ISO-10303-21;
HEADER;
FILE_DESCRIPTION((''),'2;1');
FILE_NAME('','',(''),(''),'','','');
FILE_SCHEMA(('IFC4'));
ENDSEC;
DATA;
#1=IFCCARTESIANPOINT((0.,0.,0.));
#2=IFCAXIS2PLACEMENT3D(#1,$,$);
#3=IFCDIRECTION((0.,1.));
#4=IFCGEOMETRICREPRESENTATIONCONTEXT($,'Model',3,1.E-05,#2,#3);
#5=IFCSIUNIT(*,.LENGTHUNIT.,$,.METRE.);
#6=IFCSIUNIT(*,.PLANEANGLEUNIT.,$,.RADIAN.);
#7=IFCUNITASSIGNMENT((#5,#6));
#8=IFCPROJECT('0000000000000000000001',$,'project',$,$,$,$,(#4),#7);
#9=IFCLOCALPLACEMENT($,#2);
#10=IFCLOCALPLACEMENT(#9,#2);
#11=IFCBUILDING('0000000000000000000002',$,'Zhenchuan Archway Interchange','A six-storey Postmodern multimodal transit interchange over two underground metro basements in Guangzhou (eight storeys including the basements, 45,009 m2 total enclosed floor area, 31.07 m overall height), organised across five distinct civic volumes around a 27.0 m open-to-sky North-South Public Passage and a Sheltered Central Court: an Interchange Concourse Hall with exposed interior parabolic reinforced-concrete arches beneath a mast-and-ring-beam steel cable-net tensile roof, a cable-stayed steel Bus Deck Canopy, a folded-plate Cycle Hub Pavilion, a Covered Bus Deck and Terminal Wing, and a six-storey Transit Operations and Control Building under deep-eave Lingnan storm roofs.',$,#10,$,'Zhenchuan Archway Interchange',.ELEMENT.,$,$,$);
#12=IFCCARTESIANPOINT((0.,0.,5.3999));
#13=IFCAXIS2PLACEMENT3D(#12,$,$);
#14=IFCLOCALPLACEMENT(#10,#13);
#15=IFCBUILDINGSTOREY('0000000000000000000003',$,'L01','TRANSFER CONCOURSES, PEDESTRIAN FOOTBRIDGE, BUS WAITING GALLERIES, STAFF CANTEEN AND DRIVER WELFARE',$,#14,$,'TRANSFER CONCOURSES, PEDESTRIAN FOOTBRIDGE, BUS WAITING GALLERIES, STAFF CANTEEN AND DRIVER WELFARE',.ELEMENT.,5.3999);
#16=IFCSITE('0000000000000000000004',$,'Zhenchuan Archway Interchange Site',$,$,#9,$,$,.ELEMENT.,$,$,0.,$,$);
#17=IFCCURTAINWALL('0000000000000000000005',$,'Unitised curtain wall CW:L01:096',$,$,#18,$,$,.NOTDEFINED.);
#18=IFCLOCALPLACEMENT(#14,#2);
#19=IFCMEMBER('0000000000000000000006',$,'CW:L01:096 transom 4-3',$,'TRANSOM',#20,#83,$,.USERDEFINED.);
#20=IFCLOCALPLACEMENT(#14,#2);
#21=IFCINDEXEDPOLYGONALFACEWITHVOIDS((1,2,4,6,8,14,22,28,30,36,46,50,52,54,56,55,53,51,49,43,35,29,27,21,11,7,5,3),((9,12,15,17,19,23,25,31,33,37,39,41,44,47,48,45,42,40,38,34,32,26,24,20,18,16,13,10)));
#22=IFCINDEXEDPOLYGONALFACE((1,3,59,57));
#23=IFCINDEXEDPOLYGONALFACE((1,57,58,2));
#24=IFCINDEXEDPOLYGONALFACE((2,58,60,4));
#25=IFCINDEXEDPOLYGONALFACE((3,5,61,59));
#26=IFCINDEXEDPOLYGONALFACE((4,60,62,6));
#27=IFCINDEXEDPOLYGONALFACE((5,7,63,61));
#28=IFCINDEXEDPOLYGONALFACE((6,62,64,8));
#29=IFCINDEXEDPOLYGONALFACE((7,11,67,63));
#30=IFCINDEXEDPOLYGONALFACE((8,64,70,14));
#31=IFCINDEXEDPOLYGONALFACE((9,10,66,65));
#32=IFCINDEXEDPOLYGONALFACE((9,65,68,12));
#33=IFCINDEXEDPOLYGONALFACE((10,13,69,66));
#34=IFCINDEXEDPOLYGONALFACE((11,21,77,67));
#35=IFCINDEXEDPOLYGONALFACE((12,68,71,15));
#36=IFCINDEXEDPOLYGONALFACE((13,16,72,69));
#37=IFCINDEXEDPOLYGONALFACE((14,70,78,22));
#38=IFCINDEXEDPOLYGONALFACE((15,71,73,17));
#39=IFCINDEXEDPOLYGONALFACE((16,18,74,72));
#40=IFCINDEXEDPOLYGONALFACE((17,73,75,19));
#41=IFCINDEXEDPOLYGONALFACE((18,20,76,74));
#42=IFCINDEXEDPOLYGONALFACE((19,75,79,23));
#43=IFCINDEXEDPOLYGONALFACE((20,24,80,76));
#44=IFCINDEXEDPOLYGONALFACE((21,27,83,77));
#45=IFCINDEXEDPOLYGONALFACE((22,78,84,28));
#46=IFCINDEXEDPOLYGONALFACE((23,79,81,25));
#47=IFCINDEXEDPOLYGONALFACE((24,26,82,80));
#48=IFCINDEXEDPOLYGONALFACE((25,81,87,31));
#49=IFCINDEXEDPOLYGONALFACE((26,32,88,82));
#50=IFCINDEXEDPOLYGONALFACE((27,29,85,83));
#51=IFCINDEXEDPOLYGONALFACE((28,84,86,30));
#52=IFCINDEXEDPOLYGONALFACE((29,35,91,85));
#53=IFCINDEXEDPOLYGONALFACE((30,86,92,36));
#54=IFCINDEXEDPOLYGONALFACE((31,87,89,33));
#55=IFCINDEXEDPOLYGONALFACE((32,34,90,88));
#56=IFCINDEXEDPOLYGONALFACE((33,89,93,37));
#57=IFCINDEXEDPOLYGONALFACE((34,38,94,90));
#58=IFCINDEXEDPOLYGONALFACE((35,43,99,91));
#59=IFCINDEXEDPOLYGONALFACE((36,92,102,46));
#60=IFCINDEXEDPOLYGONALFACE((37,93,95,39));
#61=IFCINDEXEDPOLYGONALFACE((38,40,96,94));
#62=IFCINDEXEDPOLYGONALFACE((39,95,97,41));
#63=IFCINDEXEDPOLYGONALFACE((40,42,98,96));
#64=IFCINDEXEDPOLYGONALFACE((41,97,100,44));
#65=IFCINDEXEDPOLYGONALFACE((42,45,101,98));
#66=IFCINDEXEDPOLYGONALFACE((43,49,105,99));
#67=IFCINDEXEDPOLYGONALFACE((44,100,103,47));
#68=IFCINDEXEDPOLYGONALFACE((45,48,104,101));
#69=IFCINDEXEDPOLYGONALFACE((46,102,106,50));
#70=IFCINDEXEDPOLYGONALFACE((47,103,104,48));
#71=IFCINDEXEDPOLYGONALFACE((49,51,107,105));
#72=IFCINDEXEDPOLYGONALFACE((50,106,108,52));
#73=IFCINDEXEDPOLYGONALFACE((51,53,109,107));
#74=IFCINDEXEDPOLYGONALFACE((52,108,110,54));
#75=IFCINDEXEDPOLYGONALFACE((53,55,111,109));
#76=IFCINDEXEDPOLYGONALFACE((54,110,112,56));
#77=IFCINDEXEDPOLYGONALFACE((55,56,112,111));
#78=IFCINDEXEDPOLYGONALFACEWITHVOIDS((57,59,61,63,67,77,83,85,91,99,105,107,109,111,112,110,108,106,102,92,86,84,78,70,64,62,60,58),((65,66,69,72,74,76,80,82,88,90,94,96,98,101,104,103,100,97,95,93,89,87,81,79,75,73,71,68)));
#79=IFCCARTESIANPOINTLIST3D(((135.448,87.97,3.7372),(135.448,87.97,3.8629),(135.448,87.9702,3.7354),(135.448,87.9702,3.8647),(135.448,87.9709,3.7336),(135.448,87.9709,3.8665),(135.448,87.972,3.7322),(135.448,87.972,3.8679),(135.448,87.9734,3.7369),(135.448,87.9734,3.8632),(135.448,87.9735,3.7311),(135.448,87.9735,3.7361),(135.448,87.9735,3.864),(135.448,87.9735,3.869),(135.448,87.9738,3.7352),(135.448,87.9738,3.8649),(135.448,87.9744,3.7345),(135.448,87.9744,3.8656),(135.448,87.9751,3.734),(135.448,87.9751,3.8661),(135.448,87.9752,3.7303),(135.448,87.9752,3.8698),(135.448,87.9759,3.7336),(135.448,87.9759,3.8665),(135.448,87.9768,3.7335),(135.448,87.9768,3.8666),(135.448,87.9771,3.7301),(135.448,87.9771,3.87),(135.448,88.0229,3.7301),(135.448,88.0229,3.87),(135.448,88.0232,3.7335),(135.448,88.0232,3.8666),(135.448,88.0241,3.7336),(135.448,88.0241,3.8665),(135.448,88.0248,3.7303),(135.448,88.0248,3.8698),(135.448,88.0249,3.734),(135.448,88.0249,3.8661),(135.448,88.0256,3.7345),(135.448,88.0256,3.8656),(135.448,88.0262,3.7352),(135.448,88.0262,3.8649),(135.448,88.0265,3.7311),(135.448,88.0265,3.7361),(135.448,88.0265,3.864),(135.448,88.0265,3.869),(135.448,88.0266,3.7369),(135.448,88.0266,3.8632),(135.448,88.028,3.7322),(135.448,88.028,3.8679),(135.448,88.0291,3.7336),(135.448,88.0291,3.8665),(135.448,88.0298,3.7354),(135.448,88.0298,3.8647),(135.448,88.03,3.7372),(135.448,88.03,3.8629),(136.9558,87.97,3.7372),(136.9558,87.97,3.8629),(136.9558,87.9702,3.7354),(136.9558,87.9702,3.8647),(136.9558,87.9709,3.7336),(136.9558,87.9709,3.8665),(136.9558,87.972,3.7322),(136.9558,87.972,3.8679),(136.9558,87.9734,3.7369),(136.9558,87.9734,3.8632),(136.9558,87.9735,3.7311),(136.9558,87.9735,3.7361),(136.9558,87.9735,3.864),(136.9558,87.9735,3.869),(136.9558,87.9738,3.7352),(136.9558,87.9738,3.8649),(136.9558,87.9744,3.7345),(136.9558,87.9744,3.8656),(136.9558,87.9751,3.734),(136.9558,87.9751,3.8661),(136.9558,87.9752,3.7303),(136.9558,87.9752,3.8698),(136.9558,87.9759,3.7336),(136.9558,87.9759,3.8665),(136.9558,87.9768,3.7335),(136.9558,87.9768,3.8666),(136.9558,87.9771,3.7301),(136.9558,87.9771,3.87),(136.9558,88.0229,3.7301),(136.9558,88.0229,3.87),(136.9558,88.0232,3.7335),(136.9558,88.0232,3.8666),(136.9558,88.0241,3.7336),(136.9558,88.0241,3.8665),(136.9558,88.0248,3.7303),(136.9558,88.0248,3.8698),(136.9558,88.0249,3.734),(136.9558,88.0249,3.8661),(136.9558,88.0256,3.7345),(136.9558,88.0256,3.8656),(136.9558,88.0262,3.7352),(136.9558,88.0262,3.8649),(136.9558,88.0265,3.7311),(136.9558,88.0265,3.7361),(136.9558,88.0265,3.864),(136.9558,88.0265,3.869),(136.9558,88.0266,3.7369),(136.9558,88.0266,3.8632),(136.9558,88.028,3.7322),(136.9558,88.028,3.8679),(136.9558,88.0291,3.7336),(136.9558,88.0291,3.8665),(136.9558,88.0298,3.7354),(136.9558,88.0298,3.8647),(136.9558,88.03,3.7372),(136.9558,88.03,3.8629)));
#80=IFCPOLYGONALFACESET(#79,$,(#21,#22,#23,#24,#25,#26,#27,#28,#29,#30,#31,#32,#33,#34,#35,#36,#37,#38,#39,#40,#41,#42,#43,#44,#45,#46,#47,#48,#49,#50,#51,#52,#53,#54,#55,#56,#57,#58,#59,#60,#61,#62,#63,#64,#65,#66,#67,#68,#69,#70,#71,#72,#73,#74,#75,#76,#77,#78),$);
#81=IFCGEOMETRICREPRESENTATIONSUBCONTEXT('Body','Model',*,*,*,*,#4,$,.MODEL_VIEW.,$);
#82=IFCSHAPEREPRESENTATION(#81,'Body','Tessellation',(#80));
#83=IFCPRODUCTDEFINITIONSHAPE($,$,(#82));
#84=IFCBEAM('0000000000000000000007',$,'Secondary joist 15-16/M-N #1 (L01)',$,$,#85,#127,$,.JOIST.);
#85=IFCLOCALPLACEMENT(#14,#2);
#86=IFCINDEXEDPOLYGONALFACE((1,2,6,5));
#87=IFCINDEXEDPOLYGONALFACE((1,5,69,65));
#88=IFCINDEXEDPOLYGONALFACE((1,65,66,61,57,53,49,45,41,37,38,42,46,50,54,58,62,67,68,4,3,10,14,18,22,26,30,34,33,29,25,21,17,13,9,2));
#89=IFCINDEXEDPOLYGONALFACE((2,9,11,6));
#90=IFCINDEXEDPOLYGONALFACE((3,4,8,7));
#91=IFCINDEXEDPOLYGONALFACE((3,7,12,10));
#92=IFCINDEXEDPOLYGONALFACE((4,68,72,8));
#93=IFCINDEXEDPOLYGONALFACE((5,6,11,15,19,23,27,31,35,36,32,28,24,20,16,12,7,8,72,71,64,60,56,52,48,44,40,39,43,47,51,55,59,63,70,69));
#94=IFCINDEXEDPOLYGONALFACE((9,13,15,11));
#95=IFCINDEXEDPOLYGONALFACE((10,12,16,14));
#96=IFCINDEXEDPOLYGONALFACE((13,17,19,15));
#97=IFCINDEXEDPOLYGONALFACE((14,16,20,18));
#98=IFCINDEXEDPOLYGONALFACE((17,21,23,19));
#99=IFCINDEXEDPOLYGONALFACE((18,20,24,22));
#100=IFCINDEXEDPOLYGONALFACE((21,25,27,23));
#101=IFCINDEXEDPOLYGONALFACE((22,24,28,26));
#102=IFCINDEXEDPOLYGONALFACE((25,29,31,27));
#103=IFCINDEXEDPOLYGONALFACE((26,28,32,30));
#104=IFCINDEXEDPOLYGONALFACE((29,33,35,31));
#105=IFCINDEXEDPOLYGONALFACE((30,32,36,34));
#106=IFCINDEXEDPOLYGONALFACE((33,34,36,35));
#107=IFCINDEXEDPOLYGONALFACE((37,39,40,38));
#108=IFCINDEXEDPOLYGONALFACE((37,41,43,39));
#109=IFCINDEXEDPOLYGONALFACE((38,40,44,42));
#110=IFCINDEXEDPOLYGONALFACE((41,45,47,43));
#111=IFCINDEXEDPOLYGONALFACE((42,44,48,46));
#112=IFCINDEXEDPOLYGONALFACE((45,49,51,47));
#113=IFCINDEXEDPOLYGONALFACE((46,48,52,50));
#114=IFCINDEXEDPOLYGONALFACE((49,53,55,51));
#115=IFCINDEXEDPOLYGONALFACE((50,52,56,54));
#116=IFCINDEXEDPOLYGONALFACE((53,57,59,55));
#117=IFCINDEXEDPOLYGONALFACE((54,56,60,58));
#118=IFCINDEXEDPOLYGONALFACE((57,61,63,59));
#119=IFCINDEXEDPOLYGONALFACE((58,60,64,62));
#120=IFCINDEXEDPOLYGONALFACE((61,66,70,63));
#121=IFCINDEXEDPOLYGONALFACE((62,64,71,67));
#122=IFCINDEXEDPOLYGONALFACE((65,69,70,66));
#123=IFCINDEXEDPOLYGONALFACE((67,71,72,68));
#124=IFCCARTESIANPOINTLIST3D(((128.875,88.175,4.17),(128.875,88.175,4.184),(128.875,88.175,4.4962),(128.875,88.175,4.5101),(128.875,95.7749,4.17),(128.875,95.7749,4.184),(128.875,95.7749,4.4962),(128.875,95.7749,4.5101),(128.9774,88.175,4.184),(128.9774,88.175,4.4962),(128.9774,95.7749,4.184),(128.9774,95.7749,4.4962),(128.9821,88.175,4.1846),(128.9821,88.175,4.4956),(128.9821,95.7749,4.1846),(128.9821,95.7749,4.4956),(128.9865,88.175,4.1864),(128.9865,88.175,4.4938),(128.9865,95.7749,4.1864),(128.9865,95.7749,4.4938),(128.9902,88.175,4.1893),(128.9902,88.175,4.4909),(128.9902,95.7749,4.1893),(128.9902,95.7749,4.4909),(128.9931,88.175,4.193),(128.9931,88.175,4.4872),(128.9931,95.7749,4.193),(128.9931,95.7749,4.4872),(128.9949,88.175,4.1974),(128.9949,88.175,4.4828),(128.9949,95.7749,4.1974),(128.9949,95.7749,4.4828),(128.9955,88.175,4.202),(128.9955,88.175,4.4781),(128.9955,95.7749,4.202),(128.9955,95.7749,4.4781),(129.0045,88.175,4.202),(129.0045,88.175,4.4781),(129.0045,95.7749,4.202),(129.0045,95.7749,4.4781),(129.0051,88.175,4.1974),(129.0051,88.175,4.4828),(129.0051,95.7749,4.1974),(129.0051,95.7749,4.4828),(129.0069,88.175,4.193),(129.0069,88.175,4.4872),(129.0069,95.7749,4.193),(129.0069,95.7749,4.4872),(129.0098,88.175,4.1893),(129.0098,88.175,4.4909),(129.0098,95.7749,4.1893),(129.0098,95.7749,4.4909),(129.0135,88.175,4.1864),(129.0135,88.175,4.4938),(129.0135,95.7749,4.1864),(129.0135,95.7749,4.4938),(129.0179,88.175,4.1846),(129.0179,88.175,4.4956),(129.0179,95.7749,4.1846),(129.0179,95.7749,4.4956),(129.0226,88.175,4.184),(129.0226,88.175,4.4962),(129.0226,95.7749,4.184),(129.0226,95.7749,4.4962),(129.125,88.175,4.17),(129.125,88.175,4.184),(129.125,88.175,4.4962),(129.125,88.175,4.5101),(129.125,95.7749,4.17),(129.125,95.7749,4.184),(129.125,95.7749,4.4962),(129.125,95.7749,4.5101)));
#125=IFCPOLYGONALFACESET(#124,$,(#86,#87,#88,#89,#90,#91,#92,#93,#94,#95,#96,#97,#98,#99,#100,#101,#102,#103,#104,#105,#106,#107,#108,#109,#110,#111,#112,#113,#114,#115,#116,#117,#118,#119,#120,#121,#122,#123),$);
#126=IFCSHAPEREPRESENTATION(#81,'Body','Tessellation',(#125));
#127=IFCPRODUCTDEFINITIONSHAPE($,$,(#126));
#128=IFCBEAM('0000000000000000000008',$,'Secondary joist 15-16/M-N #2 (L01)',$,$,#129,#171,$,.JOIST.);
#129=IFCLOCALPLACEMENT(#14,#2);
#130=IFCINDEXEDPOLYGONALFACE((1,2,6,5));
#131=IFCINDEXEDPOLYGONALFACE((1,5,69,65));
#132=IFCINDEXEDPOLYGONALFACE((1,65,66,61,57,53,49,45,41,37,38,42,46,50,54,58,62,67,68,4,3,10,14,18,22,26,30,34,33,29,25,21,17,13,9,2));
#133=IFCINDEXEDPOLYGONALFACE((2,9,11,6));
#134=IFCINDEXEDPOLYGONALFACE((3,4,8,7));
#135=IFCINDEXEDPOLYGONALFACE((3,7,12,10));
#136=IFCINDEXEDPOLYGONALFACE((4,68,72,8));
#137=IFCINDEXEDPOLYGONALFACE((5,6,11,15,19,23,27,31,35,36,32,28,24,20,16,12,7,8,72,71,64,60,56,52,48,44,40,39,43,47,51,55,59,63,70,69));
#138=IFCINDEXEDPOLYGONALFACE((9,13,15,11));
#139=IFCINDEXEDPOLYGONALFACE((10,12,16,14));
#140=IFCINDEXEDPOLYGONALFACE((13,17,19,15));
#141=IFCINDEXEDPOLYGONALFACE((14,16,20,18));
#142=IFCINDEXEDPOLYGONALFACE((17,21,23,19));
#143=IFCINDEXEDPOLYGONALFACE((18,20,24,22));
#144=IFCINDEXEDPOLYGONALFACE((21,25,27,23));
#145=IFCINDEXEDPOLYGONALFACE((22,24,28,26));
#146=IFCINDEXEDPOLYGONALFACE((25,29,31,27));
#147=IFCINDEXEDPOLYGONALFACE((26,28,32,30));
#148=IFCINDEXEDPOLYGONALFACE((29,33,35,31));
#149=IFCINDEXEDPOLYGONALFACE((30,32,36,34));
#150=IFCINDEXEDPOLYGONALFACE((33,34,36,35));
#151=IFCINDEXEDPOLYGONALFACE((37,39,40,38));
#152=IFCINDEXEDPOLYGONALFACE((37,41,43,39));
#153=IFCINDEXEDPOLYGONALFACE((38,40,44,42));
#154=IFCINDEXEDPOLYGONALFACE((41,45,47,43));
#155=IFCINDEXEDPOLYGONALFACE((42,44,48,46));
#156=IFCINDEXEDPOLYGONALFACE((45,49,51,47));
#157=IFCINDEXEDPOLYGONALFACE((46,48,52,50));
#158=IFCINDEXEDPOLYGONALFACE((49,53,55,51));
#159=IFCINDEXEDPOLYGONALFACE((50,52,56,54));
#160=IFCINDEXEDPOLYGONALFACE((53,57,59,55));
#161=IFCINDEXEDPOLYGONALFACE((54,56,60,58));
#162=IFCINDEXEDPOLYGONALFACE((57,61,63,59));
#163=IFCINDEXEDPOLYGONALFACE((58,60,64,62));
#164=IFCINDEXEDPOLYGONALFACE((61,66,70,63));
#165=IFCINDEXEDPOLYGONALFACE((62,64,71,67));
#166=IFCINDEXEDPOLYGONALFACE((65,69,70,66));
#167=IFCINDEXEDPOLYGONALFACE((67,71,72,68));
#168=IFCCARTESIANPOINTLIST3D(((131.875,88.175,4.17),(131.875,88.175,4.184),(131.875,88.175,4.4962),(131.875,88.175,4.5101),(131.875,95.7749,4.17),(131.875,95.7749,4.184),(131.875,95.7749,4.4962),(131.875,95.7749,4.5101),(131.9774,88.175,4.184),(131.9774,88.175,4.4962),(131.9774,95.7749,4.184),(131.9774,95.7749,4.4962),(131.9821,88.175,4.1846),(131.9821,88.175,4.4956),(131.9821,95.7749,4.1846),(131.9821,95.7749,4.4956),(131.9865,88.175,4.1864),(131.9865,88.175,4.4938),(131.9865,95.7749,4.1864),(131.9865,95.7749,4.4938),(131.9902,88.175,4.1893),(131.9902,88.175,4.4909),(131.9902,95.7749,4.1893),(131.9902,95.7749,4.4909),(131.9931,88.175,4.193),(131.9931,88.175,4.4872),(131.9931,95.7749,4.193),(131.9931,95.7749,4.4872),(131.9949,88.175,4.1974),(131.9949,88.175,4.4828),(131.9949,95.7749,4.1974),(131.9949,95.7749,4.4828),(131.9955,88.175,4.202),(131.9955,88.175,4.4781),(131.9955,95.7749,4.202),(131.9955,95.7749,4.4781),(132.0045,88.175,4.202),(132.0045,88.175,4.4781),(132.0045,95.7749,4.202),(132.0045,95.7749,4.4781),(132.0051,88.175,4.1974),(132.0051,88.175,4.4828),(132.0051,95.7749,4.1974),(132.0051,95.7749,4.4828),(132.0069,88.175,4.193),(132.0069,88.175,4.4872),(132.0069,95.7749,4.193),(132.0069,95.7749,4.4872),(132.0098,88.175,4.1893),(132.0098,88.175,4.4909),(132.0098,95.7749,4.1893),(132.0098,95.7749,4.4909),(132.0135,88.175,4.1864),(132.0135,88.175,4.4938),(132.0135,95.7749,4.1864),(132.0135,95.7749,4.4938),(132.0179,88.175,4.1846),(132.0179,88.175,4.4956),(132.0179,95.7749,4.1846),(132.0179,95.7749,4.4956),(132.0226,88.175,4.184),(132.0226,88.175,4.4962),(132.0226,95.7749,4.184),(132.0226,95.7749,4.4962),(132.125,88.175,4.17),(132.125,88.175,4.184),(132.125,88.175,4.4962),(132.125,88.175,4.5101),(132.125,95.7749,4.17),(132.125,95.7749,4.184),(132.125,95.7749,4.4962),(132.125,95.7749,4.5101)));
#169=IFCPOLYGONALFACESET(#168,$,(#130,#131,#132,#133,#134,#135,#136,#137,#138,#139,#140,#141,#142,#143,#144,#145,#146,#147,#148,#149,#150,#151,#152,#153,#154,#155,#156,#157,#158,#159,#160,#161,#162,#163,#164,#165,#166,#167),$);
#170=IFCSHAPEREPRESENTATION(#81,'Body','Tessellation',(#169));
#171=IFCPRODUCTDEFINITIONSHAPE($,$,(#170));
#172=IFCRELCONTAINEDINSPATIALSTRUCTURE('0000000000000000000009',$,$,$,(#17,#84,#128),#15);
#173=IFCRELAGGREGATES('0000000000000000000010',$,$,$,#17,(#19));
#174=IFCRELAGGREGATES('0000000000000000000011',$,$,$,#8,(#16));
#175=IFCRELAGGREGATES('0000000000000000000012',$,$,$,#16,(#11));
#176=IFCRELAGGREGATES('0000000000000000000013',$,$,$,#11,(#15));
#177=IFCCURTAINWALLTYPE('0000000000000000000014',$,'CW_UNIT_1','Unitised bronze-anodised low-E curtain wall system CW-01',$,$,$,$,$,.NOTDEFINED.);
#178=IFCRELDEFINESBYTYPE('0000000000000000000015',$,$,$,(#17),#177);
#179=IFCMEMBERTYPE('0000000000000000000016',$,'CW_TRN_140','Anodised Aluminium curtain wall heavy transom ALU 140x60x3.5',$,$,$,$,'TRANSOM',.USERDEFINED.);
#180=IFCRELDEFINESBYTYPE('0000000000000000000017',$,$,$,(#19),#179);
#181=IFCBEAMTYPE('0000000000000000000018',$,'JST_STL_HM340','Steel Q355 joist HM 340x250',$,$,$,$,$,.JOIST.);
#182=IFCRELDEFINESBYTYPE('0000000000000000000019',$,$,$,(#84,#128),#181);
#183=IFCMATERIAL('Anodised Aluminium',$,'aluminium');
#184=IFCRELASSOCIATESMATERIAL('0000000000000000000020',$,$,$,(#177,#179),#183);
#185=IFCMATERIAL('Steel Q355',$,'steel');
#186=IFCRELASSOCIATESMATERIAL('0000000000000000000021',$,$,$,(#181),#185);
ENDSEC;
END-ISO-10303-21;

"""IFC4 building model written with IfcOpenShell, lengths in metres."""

from ifc_helpers import new_model, si_unit, direction, frame, origin, origin_2d, place, context, subcontext, project, spatial, hollow_rectangle, i_section, extrude, material, material_profile, profile_set, type_object, element, aggregate, save


model = new_model("IFC4")

# Units and contexts
model_context = context("Model", 3, precision=1e-05, world=origin(), true_north=direction((0.0, 1.0)))
body_context = subcontext(model_context, "Body", "Model", "MODEL_VIEW")
ifc_project = project(units=[si_unit("LENGTHUNIT", "METRE"), si_unit("PLANEANGLEUNIT", "RADIAN")], contexts=[model_context])

# Site, building, storey
site_placement = place(None, origin())
site = spatial("IfcSite", under=ifc_project, at=site_placement, Name="Zhenchuan Archway Interchange Site", CompositionType="ELEMENT", RefElevation=0.0)
building_placement = place(site_placement, origin())
building = spatial("IfcBuilding", under=site, at=building_placement, Name="Zhenchuan Archway Interchange", Description="A six-storey Postmodern multimodal transit interchange over two underground metro basements in Guangzhou (eight storeys including the basements, 45,009 m2 total enclosed floor area, 31.07 m overall height), organised across five distinct civic volumes around a 27.0 m open-to-sky North-South Public Passage and a Sheltered Central Court: an Interchange Concourse Hall with exposed interior parabolic reinforced-concrete arches beneath a mast-and-ring-beam steel cable-net tensile roof, a cable-stayed steel Bus Deck Canopy, a folded-plate Cycle Hub Pavilion, a Covered Bus Deck and Terminal Wing, and a six-storey Transit Operations and Control Building under deep-eave Lingnan storm roofs.", LongName="Zhenchuan Archway Interchange", CompositionType="ELEMENT")
storey_placement = place(building_placement, frame((0.0, 0.0, 5.3999)))
storey = spatial("IfcBuildingStorey", under=building, at=storey_placement, Name="L01", Description="TRANSFER CONCOURSES, PEDESTRIAN FOOTBRIDGE, BUS WAITING GALLERIES, STAFF CANTEEN AND DRIVER WELFARE", LongName="TRANSFER CONCOURSES, PEDESTRIAN FOOTBRIDGE, BUS WAITING GALLERIES, STAFF CANTEEN AND DRIVER WELFARE", CompositionType="ELEMENT", Elevation=5.3999)

# Curtain wall, member
ifc_material_1 = material(Name="Anodised Aluminium", Category="aluminium")
curtain_wall_type = type_object("IfcCurtainWallType", Name="CW_UNIT_1", Description="Unitised bronze-anodised low-E curtain wall system CW-01", PredefinedType="NOTDEFINED", material=ifc_material_1)
curtain_wall_placement = place(storey_placement, origin())
curtain_wall = element("IfcCurtainWall", 1, at=curtain_wall_placement, inside=storey, type_object=curtain_wall_type, Name="Unitised curtain wall CW:L01:096", PredefinedType="NOTDEFINED")
ifc_material_profile_1 = material_profile(ifc_material_1, hollow_rectangle(XDim=0.0601, YDim=0.1399, WallThickness=0.0034, InnerFilletRadius=0.0034, OuterFilletRadius=0.0071, at=origin_2d()), Name="ALU 140x60x3.5")
ifc_profile_set_1 = profile_set([ifc_material_profile_1], Name="Anodised Aluminium")
member_type_1 = type_object("IfcMemberType", Name="CW_TRN_140", Description="Anodised Aluminium curtain wall heavy transom ALU 140x60x3.5", ElementType="TRANSOM", PredefinedType="USERDEFINED", material=ifc_profile_set_1)
member_1_placement = place(storey_placement, frame((136.9558, 88.0, 3.8), z_axis=(-1.0, 0.0, 0.0), x_axis=(0.0, -1.0, 0.0)))
member_1 = element("IfcMember", 2, at=member_1_placement, type_object=member_type_1, Name="CW:L01:096 transom 4-3", ObjectType="TRANSOM", PredefinedType="USERDEFINED", context=body_context, shape_type="SweptSolid", body=[
    extrude(hollow_rectangle(XDim=0.0601, YDim=0.1399, WallThickness=0.0034, InnerFilletRadius=0.0034, OuterFilletRadius=0.0071, at=origin_2d()), origin(), (0.0, 0.0, 1.0), 1.5078),
])

# Beams
ifc_material_2 = material(Name="Steel Q355", Category="steel")
ifc_material_profile_2 = material_profile(ifc_material_2, i_section(OverallWidth=0.25, OverallDepth=0.3401, WebThickness=0.009, FlangeThickness=0.0139, FilletRadius=0.0181, at=origin_2d()), Name="HM 340x250")
ifc_profile_set_2 = profile_set([ifc_material_profile_2], Name="Steel Q355")
beam_type_1 = type_object("IfcBeamType", Name="JST_STL_HM340", Description="Steel Q355 joist HM 340x250", PredefinedType="JOIST", material=ifc_profile_set_2)
for number, where, z_axis, x_axis, name in (
    (3, (129.0, 88.175, 4.3401), (0.0, 1.0, 0.0), (-1.0, 0.0, 0.0), "Secondary joist 15-16/M-N #1 (L01)"),
    (4, (132.0, 88.175, 4.3401), (0.0, 1.0, 0.0), (-1.0, 0.0, 0.0), "Secondary joist 15-16/M-N #2 (L01)"),
):
    element("IfcBeam", number, at=place(storey_placement, frame(where, z_axis=z_axis, x_axis=x_axis)), inside=storey, type_object=beam_type_1, Name=name, PredefinedType="JOIST", context=body_context, shape_type="SweptSolid", body=[
        extrude(i_section(OverallWidth=0.25, OverallDepth=0.3401, WebThickness=0.009, FlangeThickness=0.0139, FilletRadius=0.0181, at=origin_2d()), origin(), (0.0, 0.0, 1.0), 7.5999),
    ])

aggregate(curtain_wall, [member_1])

save(model, "model.ifc")
